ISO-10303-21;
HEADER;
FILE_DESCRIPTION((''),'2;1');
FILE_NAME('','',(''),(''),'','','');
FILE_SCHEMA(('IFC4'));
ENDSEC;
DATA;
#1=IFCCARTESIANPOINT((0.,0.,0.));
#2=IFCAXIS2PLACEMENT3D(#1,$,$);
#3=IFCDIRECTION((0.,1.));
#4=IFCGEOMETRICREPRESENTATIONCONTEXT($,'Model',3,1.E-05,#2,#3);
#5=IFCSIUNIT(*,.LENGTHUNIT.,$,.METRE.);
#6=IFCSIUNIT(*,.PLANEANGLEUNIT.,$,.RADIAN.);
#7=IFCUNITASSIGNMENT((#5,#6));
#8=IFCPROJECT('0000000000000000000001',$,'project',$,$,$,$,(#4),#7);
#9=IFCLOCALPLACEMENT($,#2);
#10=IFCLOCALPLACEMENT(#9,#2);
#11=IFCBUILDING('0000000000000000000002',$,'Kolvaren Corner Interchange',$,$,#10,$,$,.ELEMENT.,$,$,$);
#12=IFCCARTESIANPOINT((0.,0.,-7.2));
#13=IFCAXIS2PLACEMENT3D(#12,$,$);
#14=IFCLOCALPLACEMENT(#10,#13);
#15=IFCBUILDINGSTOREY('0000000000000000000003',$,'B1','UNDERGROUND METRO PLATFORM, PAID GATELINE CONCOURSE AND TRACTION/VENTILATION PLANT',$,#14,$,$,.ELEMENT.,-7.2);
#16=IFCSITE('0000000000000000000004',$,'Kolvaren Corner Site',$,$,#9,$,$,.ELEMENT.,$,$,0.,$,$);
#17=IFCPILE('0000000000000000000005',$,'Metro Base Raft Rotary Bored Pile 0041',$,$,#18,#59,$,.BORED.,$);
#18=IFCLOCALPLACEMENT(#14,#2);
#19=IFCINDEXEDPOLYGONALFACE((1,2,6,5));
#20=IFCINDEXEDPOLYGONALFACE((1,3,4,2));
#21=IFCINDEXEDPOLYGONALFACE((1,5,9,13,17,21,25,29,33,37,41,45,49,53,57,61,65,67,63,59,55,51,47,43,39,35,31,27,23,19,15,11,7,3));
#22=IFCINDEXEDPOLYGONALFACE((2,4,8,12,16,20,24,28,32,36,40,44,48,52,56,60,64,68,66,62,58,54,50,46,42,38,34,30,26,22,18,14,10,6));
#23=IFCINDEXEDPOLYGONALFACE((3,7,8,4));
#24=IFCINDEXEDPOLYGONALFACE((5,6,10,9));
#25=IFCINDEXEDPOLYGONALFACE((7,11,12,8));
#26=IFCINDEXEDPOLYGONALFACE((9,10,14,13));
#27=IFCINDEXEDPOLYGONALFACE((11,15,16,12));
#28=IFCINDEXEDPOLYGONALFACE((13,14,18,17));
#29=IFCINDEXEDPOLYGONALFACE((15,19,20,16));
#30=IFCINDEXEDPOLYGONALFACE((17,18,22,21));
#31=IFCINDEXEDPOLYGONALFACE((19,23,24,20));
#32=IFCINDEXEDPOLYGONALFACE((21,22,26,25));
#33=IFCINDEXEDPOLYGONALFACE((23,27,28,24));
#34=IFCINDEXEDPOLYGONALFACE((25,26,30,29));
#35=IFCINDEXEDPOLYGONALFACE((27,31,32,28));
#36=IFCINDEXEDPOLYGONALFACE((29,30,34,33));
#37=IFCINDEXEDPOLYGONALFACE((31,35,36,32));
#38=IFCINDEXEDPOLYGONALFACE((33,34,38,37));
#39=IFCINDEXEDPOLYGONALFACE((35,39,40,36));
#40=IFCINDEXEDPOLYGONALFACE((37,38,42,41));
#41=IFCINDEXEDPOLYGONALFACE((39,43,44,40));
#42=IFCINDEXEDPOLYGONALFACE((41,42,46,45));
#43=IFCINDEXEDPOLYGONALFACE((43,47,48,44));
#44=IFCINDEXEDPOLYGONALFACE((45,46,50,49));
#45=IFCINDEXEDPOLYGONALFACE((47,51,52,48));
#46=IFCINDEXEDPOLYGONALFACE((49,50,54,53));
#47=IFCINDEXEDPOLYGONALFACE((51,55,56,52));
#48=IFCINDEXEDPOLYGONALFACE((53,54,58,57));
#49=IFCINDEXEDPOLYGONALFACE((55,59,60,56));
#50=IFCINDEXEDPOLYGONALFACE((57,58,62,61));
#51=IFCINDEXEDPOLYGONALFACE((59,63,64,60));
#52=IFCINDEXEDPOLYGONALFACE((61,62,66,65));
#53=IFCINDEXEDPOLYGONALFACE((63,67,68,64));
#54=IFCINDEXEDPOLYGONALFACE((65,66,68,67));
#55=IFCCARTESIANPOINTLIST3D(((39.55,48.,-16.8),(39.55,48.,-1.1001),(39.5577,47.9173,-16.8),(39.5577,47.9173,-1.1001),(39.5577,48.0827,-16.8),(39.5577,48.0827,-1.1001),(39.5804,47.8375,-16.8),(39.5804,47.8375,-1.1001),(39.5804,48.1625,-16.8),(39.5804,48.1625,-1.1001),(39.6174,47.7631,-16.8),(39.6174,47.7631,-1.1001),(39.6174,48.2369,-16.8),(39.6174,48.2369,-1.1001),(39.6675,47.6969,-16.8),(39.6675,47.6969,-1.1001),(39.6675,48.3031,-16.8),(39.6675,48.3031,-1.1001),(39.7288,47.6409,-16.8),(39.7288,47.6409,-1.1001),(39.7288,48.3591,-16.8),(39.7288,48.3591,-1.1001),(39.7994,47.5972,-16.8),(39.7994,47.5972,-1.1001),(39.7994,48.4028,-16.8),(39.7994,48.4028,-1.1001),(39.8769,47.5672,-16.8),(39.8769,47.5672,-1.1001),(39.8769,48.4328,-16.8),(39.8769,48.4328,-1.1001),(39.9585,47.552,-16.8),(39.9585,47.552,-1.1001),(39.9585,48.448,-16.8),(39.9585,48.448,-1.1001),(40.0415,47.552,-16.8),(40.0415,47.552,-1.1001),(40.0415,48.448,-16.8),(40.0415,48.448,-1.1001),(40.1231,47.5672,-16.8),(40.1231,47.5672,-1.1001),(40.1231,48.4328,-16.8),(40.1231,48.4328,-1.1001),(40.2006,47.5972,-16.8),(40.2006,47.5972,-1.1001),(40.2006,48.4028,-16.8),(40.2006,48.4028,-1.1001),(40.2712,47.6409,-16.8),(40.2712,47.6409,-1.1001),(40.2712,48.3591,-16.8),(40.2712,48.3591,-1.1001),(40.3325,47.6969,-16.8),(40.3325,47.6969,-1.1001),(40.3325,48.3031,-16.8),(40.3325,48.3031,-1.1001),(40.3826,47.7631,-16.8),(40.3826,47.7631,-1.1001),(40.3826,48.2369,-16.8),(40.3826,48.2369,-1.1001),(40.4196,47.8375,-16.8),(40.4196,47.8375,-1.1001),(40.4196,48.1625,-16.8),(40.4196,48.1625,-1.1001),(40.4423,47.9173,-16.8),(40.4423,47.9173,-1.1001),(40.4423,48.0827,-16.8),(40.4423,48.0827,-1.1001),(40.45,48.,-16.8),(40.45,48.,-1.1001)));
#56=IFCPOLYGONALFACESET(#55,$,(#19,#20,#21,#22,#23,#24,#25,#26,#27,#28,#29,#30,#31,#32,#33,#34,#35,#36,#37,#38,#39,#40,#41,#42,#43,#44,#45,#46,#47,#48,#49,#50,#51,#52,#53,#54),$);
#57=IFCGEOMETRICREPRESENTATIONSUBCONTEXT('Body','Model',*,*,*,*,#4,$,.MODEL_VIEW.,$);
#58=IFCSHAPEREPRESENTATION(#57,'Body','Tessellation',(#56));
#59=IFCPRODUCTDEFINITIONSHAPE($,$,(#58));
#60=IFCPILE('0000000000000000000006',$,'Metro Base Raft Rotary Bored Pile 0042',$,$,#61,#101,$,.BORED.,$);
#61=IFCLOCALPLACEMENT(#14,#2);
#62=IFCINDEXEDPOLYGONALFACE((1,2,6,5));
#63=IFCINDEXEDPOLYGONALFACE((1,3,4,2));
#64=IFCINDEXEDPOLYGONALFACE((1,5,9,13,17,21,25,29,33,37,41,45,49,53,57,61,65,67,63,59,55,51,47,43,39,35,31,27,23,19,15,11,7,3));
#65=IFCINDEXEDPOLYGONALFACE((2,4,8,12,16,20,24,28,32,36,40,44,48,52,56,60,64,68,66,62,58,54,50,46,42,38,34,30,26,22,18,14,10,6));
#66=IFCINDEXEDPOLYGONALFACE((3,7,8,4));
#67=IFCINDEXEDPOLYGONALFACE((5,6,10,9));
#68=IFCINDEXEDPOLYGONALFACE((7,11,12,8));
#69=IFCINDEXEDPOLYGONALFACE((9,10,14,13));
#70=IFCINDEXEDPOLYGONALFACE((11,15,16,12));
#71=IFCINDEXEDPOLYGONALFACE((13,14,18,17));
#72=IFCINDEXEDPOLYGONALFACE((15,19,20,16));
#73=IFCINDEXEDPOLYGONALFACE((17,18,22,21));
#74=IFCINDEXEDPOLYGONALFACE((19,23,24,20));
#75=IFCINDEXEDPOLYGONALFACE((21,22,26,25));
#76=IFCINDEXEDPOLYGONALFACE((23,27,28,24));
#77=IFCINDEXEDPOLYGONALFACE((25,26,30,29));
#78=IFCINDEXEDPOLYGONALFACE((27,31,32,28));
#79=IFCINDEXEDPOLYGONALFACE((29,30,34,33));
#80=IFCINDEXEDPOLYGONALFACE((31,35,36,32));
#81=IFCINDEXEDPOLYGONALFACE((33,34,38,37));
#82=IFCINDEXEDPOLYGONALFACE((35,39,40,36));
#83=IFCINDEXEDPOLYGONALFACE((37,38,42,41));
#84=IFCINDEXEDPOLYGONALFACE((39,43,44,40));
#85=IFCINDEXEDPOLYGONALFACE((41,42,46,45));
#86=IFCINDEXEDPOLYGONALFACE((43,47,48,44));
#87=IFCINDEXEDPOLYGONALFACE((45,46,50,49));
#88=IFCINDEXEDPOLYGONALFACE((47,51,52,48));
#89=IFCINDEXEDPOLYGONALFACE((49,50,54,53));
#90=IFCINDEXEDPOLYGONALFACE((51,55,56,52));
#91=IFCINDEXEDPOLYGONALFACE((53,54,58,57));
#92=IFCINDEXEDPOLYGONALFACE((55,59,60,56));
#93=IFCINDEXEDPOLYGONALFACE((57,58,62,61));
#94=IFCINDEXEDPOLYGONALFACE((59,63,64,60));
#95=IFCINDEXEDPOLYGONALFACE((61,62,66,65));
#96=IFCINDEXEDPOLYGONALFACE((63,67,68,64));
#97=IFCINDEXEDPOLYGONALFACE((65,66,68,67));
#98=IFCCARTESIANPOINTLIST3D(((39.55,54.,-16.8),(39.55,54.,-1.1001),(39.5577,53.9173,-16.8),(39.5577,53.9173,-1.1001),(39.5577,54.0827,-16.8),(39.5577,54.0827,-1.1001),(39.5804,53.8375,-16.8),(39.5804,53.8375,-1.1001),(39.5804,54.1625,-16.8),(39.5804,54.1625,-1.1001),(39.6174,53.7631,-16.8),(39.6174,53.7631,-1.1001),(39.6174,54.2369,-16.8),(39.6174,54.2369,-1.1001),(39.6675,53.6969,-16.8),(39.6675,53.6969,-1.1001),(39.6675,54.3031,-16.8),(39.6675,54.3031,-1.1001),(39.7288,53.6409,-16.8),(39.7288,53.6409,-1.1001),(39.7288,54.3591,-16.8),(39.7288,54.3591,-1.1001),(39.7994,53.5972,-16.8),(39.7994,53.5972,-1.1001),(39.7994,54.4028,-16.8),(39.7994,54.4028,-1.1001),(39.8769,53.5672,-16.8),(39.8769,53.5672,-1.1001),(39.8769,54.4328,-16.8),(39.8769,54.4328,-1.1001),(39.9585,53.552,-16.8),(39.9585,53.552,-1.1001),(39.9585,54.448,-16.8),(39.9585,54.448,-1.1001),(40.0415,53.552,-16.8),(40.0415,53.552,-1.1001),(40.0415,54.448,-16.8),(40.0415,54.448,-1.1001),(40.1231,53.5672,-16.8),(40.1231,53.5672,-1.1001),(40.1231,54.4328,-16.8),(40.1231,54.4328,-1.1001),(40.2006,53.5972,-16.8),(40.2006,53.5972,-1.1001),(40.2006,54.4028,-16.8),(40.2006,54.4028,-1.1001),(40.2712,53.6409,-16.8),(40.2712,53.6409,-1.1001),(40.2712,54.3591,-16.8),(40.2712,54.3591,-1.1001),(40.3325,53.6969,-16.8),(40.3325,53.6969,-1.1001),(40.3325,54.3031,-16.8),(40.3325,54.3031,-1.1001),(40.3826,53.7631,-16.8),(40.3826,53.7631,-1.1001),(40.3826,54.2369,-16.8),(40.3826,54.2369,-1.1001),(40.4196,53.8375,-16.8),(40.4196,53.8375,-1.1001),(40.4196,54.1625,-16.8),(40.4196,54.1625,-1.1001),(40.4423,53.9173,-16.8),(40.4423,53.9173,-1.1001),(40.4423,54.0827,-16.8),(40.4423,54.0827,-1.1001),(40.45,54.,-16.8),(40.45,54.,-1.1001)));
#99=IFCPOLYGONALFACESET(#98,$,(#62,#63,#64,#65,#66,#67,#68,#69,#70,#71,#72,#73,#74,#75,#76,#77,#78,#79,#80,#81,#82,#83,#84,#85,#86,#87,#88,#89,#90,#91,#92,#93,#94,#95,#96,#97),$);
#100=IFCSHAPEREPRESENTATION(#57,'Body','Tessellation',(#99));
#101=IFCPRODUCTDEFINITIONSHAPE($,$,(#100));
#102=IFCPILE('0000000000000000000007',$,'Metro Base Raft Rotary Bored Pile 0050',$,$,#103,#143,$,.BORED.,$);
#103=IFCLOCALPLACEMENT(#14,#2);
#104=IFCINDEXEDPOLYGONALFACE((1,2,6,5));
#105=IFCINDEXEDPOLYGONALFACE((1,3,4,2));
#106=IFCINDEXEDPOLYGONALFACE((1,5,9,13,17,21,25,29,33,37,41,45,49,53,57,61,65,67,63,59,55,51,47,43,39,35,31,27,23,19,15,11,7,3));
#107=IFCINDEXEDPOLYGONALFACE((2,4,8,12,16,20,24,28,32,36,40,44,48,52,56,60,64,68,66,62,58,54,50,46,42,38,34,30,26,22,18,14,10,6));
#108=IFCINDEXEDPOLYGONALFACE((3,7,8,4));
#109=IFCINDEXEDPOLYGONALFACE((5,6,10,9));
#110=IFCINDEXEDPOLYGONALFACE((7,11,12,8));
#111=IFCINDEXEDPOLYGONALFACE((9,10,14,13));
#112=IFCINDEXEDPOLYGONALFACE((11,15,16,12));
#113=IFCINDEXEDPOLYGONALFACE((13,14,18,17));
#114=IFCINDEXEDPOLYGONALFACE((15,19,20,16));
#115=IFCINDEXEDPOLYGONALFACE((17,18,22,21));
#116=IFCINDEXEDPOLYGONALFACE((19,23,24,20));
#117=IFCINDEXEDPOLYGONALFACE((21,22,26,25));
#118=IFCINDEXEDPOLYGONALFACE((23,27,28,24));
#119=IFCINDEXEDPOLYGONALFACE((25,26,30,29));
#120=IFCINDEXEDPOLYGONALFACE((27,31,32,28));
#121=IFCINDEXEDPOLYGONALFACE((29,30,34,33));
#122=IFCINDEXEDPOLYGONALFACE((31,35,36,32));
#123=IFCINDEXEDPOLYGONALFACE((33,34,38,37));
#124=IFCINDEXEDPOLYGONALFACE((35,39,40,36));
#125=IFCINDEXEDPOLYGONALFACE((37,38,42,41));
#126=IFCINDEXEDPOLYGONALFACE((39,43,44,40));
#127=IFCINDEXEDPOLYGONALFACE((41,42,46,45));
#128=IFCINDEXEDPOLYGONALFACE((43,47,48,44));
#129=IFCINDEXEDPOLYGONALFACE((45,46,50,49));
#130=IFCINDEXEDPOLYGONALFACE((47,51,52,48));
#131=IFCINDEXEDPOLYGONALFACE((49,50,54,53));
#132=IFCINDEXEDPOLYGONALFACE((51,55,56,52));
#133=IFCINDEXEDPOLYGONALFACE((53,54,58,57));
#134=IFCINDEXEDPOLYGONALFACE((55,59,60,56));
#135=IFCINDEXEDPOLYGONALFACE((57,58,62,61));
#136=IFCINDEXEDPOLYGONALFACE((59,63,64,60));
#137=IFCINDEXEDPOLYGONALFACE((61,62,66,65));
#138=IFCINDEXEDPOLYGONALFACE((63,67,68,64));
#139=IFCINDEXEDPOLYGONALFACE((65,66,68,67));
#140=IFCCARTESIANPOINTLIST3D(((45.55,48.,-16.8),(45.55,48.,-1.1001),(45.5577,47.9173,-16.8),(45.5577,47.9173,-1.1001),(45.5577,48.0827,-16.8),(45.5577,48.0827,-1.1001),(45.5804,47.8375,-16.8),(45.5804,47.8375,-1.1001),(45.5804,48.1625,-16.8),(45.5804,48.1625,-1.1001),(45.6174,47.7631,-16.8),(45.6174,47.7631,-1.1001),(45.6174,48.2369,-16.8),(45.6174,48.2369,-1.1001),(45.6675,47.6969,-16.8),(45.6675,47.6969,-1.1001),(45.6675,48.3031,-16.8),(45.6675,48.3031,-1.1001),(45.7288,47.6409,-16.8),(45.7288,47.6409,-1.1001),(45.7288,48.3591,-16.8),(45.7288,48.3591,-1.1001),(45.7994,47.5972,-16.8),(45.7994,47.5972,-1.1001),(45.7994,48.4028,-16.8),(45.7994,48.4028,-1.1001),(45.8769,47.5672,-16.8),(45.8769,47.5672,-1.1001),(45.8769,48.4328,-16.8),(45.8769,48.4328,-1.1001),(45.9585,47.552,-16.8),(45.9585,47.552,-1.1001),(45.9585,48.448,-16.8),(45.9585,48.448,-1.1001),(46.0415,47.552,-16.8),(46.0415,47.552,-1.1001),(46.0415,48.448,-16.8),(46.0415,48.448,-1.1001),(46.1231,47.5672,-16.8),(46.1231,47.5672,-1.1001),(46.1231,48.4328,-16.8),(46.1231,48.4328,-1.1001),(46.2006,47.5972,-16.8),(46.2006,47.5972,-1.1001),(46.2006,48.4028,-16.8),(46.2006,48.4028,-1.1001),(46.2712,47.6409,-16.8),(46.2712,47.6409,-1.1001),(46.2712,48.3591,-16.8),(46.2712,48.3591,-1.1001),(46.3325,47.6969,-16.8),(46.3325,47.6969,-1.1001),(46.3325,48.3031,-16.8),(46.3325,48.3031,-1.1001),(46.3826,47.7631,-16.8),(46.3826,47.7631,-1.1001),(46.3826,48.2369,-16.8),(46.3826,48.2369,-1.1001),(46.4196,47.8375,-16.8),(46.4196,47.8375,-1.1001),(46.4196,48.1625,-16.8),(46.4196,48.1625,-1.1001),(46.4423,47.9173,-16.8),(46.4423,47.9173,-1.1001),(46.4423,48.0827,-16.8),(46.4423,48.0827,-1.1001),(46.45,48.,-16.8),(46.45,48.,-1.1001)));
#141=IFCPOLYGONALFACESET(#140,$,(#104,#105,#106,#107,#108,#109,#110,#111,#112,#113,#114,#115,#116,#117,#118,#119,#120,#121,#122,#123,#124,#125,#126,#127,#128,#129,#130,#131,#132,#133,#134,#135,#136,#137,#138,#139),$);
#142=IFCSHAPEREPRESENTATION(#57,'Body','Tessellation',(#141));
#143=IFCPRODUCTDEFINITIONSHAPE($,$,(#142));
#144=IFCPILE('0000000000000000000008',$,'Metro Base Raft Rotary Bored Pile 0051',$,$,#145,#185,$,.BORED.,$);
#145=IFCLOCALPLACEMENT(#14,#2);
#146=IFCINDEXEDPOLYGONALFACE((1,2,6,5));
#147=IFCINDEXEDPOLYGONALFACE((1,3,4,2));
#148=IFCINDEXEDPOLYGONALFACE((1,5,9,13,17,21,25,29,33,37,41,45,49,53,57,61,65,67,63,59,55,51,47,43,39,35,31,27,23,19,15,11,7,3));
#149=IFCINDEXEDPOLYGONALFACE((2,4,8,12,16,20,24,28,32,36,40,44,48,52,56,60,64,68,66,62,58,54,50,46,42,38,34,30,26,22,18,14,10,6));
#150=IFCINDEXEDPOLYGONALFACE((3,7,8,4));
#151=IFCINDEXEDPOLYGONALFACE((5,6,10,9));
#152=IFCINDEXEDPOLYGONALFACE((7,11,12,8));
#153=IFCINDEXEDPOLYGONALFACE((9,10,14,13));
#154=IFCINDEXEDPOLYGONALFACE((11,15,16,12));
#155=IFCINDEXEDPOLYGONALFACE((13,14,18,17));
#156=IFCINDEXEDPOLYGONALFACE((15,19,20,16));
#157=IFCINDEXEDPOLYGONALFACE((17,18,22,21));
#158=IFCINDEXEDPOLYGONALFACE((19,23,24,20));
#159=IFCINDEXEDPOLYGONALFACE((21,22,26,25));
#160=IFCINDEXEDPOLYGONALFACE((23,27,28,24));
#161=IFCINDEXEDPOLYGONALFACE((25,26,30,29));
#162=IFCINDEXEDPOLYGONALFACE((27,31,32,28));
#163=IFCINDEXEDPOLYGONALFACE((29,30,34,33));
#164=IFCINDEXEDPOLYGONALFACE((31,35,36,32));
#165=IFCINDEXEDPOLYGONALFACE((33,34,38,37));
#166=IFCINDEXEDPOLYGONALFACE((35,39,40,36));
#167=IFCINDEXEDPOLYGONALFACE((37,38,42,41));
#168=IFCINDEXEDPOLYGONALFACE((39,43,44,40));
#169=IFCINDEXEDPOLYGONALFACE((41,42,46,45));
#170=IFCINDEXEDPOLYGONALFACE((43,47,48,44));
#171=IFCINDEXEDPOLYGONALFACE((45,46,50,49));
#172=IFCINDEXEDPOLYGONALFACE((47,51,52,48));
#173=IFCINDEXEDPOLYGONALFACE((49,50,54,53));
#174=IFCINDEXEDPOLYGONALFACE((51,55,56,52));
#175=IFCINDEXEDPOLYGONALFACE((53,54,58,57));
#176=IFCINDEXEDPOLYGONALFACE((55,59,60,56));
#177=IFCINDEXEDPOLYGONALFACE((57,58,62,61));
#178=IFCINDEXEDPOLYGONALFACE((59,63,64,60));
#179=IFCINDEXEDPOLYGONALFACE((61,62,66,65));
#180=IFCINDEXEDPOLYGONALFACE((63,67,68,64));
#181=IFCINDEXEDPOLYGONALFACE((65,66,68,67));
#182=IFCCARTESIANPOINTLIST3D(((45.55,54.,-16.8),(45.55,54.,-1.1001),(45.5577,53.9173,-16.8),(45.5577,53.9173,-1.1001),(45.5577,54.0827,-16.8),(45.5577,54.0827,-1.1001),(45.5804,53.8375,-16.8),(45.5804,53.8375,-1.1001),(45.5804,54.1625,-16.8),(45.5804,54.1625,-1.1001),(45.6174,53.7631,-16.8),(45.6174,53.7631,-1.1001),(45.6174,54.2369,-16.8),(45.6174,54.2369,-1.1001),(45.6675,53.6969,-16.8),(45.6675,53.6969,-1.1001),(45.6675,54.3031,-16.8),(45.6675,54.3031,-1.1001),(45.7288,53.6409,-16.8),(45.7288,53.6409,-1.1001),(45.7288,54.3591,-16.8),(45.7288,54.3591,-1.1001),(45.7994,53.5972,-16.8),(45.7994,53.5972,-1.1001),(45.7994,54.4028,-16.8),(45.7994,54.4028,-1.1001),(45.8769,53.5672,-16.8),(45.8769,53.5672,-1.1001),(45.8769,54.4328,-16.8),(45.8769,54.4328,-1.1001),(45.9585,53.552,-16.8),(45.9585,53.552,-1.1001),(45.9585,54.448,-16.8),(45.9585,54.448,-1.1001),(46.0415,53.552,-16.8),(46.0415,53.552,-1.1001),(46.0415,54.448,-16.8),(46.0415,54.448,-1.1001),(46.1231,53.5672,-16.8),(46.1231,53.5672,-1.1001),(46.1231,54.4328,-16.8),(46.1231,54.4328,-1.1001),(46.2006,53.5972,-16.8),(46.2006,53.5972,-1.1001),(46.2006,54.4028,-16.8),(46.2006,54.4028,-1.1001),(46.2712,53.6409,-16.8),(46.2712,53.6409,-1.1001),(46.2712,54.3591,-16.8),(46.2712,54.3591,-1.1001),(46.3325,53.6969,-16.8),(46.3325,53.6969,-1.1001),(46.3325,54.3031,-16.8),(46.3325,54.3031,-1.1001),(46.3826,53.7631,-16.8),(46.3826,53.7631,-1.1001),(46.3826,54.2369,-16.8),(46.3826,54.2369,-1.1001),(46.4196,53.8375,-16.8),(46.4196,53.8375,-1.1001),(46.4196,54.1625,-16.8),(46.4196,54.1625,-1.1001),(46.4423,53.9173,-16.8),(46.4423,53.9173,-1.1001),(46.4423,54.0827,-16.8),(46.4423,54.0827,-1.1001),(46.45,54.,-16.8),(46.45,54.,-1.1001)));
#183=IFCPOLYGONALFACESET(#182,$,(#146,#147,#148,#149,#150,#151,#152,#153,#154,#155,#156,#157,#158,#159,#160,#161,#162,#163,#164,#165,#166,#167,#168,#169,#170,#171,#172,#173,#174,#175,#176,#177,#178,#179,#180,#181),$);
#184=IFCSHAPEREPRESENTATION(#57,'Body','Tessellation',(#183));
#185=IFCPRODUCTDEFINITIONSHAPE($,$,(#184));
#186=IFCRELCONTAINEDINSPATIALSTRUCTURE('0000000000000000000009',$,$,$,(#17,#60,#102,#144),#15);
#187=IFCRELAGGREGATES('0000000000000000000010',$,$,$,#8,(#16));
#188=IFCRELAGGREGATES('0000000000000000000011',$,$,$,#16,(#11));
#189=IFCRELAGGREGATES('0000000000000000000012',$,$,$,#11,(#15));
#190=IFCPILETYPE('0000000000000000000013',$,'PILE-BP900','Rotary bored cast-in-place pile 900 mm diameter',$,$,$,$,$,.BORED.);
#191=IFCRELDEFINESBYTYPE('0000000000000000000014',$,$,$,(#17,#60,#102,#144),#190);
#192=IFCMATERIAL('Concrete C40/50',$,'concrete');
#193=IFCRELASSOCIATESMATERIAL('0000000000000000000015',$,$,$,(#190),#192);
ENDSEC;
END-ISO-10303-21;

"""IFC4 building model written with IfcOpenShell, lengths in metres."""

from ifc_helpers import new_model, si_unit, direction, frame, origin, origin_2d, place, context, subcontext, project, spatial, circle, extrude, material, material_profile, profile_set, type_object, element, save


model = new_model("IFC4")

# Units and contexts
model_context = context("Model", 3, precision=1e-05, world=origin(), true_north=direction((0.0, 1.0)))
body_context = subcontext(model_context, "Body", "Model", "MODEL_VIEW")
ifc_project = project(units=[si_unit("LENGTHUNIT", "METRE"), si_unit("PLANEANGLEUNIT", "RADIAN")], contexts=[model_context])

# Site, building, storey
site_placement = place(None, origin())
site = spatial("IfcSite", under=ifc_project, at=site_placement, Name="Kolvaren Corner Site", CompositionType="ELEMENT", RefElevation=0.0)
building_placement = place(site_placement, origin())
building = spatial("IfcBuilding", under=site, at=building_placement, Name="Kolvaren Corner Interchange", CompositionType="ELEMENT")
storey_placement = place(building_placement, frame((0.0, 0.0, -7.2)))
storey = spatial("IfcBuildingStorey", under=building, at=storey_placement, Name="B1", Description="UNDERGROUND METRO PLATFORM, PAID GATELINE CONCOURSE AND TRACTION/VENTILATION PLANT", CompositionType="ELEMENT", Elevation=-7.2)

# Piles
ifc_material_1 = material(Name="Concrete C40/50", Category="concrete")
ifc_material_profile_1 = material_profile(ifc_material_1, circle(Radius=0.45, at=origin_2d()), Name="BORED PILE 900")
ifc_profile_set_1 = profile_set([ifc_material_profile_1], Name="Concrete C40/50")
pile_type = type_object("IfcPileType", Name="PILE-BP900", Description="Rotary bored cast-in-place pile 900 mm diameter", PredefinedType="BORED", material=ifc_profile_set_1)
for number, where, z_axis, x_axis, name in (
    (1, (40.0, 48.0, -1.1001), (0.0, 0.0, -1.0), (1.0, 0.0, 0.0), "Metro Base Raft Rotary Bored Pile 0041"),
    (2, (40.0, 54.0, -1.1001), (0.0, 0.0, -1.0), (1.0, 0.0, 0.0), "Metro Base Raft Rotary Bored Pile 0042"),
    (3, (46.0, 48.0, -1.1001), (0.0, 0.0, -1.0), (1.0, 0.0, 0.0), "Metro Base Raft Rotary Bored Pile 0050"),
    (4, (46.0, 54.0, -1.1001), (0.0, 0.0, -1.0), (1.0, 0.0, 0.0), "Metro Base Raft Rotary Bored Pile 0051"),
):
    element("IfcPile", number, at=place(storey_placement, frame(where, z_axis=z_axis, x_axis=x_axis)), inside=storey, type_object=pile_type, Name=name, PredefinedType="BORED", context=body_context, shape_type="SweptSolid", body=[
        extrude(circle(Radius=0.45, at=origin_2d()), origin(), (0.0, 0.0, 1.0), 15.7),
    ])

save(model, "model.ifc")
